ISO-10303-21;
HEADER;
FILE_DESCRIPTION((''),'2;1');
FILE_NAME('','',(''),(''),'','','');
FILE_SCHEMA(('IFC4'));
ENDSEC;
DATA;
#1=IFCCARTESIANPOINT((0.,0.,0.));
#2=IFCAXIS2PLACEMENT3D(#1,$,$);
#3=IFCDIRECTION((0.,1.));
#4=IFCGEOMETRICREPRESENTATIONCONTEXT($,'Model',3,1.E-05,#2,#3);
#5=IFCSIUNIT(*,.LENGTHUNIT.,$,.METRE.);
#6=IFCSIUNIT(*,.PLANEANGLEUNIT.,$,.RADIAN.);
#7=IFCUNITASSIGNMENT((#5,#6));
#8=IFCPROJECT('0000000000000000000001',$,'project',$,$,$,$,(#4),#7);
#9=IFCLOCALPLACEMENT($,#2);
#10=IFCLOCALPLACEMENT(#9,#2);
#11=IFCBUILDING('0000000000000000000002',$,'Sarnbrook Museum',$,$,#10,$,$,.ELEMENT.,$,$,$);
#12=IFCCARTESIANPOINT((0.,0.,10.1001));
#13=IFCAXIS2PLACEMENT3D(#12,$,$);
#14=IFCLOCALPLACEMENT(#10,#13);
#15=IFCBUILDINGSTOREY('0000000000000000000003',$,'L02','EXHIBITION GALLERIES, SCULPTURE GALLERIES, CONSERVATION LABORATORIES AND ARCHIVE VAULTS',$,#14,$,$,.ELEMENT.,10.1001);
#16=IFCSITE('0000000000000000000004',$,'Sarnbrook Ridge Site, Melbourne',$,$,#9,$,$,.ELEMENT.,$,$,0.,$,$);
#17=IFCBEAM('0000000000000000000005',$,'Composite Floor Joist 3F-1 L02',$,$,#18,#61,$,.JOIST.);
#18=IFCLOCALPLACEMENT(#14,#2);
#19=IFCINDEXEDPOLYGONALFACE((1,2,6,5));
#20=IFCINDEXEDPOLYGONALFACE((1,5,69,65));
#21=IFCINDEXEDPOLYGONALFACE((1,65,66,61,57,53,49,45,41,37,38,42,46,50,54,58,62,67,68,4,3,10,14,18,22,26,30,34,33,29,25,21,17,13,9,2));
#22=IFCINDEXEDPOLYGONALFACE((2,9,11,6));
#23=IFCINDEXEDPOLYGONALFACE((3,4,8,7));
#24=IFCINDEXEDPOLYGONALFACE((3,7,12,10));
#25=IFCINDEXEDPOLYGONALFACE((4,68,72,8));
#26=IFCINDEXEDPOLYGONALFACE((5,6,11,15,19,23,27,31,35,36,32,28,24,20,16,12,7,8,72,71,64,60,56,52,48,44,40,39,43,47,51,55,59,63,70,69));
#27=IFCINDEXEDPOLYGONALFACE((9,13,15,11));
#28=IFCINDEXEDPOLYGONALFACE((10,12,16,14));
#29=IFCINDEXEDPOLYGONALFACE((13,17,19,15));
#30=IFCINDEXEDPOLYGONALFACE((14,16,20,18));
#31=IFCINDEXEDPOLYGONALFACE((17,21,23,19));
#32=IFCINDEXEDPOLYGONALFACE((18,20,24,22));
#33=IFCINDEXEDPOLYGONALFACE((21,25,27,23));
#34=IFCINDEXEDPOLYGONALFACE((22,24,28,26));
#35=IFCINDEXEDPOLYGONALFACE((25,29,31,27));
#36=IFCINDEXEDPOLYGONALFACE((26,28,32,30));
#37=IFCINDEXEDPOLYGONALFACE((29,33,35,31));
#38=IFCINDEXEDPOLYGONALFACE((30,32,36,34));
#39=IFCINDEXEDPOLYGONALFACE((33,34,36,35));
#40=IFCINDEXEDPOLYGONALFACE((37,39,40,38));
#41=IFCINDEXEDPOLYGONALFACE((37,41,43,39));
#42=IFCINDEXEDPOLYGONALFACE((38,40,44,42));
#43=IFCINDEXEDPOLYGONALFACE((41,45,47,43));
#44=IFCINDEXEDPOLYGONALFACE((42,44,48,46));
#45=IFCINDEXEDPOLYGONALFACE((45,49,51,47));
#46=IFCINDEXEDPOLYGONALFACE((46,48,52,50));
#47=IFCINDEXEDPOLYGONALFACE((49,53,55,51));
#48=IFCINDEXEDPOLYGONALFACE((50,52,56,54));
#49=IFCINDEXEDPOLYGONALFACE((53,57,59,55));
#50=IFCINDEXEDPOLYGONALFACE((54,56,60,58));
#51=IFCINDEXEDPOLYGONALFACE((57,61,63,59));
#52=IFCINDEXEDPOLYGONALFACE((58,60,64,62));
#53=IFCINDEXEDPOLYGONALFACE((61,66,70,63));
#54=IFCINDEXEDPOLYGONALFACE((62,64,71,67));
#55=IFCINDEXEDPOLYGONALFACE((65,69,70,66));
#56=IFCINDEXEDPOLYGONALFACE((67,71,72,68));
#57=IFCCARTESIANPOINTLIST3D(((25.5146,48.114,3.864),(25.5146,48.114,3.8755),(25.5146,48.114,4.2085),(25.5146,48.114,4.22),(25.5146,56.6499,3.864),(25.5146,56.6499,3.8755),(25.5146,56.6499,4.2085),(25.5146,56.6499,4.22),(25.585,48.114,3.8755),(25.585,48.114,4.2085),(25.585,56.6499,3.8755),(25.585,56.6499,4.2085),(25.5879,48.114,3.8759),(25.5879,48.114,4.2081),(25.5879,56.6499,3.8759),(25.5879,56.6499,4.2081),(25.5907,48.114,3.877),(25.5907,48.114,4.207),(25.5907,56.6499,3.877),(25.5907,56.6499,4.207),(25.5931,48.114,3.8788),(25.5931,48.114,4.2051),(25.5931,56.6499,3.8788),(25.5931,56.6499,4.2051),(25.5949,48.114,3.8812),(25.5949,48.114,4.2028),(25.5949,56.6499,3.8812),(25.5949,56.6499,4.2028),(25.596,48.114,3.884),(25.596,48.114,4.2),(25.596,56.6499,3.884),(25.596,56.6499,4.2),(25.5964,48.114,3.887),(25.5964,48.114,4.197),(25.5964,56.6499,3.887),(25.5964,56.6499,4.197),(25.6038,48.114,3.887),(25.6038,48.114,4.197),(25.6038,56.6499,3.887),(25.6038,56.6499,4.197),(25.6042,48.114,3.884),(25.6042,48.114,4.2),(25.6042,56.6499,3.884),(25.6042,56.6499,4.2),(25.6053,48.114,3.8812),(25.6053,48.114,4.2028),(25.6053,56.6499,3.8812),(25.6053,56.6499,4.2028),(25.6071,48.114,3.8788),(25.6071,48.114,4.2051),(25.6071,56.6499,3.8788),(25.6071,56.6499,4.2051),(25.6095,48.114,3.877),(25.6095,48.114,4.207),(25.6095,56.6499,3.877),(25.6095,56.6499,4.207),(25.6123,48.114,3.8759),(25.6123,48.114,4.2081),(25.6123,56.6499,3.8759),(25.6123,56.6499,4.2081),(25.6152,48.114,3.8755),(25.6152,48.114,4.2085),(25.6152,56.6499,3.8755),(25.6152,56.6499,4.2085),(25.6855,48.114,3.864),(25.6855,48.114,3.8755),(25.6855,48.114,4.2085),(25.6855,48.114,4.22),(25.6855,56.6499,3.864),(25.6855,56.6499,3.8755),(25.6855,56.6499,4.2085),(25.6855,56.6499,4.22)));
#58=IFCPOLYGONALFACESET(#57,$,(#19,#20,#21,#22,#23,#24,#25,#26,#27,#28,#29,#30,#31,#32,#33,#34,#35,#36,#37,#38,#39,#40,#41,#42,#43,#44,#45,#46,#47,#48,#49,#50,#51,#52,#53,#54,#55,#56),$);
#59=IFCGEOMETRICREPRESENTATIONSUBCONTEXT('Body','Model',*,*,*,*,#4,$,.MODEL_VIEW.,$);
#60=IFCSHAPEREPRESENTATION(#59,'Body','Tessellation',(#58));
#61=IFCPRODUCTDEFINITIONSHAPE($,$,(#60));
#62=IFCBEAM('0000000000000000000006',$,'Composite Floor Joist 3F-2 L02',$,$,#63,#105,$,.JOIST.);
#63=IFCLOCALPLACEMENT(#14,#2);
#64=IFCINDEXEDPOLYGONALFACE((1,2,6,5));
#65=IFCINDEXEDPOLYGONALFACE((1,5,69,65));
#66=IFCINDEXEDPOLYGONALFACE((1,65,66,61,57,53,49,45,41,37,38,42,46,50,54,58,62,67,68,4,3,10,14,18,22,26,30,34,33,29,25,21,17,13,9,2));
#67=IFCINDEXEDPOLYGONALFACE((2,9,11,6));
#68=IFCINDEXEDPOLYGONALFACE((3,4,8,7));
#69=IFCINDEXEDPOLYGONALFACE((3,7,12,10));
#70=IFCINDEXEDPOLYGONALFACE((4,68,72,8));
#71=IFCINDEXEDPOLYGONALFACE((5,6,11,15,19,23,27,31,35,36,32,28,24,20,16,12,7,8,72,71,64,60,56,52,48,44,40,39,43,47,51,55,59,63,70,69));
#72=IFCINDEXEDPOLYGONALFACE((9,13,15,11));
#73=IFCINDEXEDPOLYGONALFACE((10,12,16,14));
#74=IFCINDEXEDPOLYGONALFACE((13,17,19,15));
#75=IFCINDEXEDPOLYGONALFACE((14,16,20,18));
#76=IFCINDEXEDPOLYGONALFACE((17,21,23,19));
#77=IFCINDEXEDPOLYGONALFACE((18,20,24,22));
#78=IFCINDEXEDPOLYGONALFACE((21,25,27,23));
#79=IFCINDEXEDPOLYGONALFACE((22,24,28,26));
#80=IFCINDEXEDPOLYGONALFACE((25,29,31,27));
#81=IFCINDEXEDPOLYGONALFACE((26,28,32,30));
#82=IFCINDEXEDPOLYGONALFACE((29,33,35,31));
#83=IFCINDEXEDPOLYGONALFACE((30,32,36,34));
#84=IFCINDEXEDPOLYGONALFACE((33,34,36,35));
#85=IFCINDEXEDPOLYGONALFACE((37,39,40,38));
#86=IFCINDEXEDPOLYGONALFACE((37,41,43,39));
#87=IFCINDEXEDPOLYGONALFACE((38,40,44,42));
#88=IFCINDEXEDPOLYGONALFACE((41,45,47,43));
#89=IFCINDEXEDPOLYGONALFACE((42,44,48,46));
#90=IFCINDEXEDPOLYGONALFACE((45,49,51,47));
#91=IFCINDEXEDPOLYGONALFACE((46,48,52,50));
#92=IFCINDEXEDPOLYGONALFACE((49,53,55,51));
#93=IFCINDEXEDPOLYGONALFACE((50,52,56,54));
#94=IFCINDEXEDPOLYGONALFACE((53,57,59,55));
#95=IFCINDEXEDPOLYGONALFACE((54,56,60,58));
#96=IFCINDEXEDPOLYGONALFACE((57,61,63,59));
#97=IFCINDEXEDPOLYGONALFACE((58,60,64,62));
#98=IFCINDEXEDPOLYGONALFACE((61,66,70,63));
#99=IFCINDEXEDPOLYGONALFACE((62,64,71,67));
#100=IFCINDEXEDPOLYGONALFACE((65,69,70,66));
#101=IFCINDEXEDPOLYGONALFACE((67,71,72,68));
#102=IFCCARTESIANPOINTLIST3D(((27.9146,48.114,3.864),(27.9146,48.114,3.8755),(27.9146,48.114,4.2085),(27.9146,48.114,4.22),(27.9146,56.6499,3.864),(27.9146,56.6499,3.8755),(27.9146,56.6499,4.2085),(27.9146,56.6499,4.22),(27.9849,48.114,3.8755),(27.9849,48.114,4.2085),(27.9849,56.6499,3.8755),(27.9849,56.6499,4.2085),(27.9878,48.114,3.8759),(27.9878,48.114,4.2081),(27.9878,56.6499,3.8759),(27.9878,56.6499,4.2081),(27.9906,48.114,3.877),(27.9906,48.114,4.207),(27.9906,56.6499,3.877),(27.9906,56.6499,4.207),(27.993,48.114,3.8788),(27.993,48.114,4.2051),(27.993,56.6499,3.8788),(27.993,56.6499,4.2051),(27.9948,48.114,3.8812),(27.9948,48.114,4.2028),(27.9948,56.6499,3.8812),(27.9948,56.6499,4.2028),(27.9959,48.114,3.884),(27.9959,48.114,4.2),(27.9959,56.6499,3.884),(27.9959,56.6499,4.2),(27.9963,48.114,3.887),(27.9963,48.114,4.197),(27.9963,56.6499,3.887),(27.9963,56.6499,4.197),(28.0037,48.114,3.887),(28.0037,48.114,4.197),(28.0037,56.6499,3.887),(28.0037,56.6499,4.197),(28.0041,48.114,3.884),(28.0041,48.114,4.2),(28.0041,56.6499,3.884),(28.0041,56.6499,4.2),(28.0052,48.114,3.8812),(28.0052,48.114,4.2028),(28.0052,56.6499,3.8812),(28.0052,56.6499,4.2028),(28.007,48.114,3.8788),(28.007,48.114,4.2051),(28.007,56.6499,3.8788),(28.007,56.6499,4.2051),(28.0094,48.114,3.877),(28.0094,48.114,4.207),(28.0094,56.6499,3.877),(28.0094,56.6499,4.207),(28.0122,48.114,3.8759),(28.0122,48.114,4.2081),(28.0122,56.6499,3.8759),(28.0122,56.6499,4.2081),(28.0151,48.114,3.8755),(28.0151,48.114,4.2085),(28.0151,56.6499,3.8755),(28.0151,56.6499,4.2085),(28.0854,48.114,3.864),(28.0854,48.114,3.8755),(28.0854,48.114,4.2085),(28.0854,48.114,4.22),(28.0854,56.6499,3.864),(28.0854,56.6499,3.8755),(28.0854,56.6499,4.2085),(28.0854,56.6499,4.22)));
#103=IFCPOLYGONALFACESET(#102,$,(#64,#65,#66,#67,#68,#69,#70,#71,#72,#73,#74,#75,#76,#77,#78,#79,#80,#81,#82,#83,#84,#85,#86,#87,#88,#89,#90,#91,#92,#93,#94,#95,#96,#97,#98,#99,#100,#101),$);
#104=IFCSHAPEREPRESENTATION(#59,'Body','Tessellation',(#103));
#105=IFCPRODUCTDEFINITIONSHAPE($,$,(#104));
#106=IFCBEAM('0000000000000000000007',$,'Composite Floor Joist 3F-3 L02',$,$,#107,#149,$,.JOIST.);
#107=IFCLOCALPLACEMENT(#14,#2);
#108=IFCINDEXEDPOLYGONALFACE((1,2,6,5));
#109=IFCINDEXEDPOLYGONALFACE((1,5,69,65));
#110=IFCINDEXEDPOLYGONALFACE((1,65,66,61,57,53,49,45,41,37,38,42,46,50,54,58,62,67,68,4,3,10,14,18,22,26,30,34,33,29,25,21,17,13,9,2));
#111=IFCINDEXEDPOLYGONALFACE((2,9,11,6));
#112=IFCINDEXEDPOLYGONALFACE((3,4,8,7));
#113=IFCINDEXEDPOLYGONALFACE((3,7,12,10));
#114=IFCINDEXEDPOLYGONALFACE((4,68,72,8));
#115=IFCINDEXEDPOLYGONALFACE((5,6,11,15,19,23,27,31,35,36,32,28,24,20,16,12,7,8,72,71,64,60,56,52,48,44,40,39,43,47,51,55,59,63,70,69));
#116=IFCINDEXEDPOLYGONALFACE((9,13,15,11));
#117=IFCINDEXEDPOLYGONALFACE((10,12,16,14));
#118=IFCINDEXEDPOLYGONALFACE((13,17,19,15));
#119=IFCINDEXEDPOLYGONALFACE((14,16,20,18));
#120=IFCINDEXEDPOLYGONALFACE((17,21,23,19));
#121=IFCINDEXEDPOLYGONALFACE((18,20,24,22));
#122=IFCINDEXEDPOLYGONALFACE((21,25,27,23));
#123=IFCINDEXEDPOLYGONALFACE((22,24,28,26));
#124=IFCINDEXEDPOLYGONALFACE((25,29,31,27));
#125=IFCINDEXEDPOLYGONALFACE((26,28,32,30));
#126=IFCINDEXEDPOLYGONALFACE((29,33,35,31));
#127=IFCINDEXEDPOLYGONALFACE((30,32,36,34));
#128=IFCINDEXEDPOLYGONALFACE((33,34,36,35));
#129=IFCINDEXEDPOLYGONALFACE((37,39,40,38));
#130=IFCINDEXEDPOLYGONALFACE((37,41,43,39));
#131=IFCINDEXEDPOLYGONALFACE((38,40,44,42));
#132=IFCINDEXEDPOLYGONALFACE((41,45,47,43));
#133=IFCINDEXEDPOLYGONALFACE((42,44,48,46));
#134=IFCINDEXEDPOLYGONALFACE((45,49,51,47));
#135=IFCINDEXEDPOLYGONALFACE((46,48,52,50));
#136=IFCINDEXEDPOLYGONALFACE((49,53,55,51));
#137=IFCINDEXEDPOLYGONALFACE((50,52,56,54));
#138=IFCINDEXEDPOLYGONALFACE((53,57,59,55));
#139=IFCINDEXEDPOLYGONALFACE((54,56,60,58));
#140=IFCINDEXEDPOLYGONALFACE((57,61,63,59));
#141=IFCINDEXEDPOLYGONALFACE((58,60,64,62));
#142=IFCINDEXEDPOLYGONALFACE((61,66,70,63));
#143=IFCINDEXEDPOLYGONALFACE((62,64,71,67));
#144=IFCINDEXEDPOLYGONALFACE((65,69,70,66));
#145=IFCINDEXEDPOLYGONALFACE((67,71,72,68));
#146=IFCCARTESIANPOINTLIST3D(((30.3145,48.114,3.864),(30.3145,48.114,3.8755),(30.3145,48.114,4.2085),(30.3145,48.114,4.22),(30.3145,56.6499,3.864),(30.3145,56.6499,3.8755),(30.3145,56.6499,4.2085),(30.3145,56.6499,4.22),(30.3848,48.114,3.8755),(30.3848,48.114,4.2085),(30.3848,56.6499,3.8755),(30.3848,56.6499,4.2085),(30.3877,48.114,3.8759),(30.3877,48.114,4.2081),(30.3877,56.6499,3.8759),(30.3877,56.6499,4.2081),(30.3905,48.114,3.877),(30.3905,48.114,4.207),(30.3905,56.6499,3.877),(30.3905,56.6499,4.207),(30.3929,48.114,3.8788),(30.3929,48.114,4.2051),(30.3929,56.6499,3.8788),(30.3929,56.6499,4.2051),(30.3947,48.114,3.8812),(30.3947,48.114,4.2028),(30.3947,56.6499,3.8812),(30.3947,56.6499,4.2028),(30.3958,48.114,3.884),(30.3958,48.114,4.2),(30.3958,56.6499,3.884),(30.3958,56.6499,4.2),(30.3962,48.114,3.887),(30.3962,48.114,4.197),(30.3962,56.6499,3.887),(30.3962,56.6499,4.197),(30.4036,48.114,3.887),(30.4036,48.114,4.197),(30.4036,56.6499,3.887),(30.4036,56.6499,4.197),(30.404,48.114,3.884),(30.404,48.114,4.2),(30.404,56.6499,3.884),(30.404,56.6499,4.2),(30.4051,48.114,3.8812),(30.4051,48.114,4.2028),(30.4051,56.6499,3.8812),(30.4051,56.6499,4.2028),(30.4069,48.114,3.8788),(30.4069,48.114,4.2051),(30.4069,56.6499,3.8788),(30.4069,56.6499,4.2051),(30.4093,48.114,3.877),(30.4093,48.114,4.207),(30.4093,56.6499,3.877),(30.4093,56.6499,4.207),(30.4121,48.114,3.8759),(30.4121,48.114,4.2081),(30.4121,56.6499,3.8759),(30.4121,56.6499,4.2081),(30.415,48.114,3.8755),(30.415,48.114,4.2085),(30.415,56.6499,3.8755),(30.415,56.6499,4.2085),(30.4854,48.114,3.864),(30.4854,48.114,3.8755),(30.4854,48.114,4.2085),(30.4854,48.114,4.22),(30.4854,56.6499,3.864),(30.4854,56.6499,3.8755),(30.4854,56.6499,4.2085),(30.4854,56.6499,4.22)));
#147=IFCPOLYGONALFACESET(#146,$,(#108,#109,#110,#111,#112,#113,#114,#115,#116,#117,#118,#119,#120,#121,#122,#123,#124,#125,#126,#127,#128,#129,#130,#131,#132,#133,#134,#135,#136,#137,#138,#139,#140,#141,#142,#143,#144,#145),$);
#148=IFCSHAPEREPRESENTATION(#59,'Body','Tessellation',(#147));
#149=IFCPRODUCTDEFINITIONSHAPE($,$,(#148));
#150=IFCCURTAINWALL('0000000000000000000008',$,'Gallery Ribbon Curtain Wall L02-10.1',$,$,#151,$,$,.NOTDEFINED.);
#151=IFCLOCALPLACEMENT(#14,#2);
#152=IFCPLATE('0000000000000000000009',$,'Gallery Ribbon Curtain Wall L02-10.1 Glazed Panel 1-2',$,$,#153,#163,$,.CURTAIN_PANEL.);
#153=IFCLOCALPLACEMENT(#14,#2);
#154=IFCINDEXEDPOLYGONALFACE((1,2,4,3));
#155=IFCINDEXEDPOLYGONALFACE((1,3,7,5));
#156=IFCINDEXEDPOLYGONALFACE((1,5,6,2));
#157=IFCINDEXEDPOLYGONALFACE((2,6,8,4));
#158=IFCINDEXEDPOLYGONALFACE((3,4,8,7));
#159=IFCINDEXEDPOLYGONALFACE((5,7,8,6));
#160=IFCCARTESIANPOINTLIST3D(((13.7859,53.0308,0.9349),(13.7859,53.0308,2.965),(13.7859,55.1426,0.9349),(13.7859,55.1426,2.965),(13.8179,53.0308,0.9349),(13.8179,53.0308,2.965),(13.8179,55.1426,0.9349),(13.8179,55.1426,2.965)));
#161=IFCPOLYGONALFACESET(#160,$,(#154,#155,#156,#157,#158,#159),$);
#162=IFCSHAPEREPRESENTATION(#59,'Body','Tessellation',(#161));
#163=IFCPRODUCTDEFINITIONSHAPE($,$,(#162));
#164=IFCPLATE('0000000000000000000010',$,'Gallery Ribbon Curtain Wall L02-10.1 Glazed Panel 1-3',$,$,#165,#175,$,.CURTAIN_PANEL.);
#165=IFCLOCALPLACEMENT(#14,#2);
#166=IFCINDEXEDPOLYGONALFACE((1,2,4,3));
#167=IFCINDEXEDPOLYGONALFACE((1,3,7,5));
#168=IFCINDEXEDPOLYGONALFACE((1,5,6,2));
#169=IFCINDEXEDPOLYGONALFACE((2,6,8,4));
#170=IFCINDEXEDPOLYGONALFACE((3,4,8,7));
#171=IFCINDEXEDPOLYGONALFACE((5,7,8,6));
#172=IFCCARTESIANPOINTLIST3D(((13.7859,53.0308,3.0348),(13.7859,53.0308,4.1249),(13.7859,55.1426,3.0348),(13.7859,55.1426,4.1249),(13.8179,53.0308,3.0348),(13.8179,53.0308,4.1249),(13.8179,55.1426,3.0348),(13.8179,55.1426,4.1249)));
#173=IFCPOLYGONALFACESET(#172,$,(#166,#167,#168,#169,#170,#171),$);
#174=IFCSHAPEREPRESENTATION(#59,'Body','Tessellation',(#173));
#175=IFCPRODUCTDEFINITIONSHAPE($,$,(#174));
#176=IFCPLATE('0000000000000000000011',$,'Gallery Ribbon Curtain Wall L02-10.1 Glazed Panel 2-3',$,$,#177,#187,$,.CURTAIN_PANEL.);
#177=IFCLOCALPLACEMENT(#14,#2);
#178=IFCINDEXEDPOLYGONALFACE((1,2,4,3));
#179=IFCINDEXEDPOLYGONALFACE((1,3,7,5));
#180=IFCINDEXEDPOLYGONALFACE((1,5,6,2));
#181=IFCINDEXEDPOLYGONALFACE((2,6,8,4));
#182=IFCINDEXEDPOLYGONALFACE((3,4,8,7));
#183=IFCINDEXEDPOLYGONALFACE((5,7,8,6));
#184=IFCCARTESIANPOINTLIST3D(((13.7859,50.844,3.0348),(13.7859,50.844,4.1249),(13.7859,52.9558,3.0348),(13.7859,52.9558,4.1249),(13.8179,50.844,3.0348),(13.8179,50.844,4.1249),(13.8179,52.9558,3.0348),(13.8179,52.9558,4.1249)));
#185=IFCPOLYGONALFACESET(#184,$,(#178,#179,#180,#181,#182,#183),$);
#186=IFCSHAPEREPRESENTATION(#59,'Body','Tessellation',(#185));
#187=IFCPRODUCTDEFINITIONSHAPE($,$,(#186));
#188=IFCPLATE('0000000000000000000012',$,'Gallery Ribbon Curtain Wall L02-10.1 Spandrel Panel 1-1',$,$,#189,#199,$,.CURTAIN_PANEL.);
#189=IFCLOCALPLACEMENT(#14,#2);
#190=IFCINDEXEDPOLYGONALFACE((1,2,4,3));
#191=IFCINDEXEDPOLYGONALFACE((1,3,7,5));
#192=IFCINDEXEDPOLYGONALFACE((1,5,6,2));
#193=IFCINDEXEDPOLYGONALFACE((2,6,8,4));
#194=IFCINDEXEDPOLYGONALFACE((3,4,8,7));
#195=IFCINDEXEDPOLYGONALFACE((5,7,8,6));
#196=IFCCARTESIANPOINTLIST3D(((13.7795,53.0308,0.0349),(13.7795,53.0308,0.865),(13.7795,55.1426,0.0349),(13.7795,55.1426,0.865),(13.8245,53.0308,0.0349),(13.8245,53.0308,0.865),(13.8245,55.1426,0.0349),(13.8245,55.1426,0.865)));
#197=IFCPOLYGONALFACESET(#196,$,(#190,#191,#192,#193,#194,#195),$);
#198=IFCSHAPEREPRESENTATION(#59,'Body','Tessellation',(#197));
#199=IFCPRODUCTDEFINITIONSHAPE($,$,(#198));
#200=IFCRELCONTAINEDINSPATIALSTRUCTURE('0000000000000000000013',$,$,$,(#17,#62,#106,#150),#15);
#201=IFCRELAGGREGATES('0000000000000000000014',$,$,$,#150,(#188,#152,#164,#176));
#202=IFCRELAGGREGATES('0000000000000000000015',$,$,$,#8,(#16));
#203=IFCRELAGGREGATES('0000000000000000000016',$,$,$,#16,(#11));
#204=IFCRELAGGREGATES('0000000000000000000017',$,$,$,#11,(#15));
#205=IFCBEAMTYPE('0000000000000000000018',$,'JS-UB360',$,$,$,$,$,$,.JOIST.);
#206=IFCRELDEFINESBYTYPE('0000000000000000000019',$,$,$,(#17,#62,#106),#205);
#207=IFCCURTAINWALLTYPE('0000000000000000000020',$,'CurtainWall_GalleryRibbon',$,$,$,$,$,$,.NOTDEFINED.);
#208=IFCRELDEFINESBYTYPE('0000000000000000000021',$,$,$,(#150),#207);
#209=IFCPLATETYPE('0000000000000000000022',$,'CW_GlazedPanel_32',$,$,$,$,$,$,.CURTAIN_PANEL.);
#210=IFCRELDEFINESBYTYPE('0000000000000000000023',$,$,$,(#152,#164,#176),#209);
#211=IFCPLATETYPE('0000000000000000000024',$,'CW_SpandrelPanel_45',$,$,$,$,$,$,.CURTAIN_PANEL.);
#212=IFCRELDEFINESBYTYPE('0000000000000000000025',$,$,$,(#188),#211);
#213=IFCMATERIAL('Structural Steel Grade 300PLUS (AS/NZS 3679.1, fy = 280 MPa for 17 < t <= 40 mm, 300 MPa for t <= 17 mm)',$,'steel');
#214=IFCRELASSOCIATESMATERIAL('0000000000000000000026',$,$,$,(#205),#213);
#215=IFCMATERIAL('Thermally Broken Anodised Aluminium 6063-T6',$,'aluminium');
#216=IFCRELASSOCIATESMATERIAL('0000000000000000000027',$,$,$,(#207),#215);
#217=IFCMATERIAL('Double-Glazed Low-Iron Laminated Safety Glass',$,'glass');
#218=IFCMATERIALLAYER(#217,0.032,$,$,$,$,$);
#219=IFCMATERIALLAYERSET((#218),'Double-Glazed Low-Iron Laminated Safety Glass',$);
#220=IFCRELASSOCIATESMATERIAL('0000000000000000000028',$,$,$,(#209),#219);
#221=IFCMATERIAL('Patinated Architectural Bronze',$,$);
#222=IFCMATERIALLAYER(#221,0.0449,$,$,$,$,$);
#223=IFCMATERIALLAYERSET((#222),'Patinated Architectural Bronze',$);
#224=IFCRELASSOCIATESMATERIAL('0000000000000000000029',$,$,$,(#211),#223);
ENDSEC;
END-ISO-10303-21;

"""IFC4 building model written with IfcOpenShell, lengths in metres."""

from ifc_helpers import new_model, si_unit, direction, frame, origin, origin_2d, place, context, subcontext, project, spatial, rectangle, i_section, extrude, material, layer, layer_set, material_profile, profile_set, type_object, element, aggregate, save


model = new_model("IFC4")

# Units and contexts
model_context = context("Model", 3, precision=1e-05, world=origin(), true_north=direction((0.0, 1.0)))
body_context = subcontext(model_context, "Body", "Model", "MODEL_VIEW")
ifc_project = project(units=[si_unit("LENGTHUNIT", "METRE"), si_unit("PLANEANGLEUNIT", "RADIAN")], contexts=[model_context])

# Site, building, storey
site_placement = place(None, origin())
site = spatial("IfcSite", under=ifc_project, at=site_placement, Name="Sarnbrook Ridge Site, Melbourne", CompositionType="ELEMENT", RefElevation=0.0)
building_placement = place(site_placement, origin())
building = spatial("IfcBuilding", under=site, at=building_placement, Name="Sarnbrook Museum", CompositionType="ELEMENT")
storey_placement = place(building_placement, frame((0.0, 0.0, 10.1001)))
storey = spatial("IfcBuildingStorey", under=building, at=storey_placement, Name="L02", Description="EXHIBITION GALLERIES, SCULPTURE GALLERIES, CONSERVATION LABORATORIES AND ARCHIVE VAULTS", CompositionType="ELEMENT", Elevation=10.1001)

# Shared definitions
ifc_material_1 = material(Name="Structural Steel Grade 300PLUS (AS/NZS 3679.1, fy = 280 MPa for 17 < t <= 40 mm, 300 MPa for t <= 17 mm)", Category="steel")

# Beams
ifc_material_profile_1 = material_profile(ifc_material_1, i_section(OverallWidth=0.1709, OverallDepth=0.356, WebThickness=0.0073, FlangeThickness=0.0115, FilletRadius=0.0115, at=origin_2d()), Name="360UB50.7")
ifc_profile_set_1 = profile_set([ifc_material_profile_1], Name="Structural Steel Grade 300PLUS (AS/NZS 3679.1, fy = 280 MPa for 17 < t <= 40 mm, 300 MPa for t <= 17 mm)")
beam_type_1 = type_object("IfcBeamType", Name="JS-UB360", PredefinedType="JOIST", material=ifc_profile_set_1)
for number, where, z_axis, x_axis, name in (
    (1, (25.6001, 48.114, 4.042), (0.0, 1.0, 0.0), (-1.0, 0.0, 0.0), "Composite Floor Joist 3F-1 L02"),
    (2, (28.0, 48.114, 4.042), (0.0, 1.0, 0.0), (-1.0, 0.0, 0.0), "Composite Floor Joist 3F-2 L02"),
    (3, (30.3999, 48.114, 4.042), (0.0, 1.0, 0.0), (-1.0, 0.0, 0.0), "Composite Floor Joist 3F-3 L02"),
):
    element("IfcBeam", number, at=place(storey_placement, frame(where, z_axis=z_axis, x_axis=x_axis)), inside=storey, type_object=beam_type_1, Name=name, PredefinedType="JOIST", context=body_context, shape_type="SweptSolid", body=[
        extrude(i_section(OverallWidth=0.1709, OverallDepth=0.356, WebThickness=0.0073, FlangeThickness=0.0115, FilletRadius=0.0115, at=origin_2d()), origin(), (0.0, 0.0, 1.0), 8.5359),
    ])

# Curtain wall, plates
ifc_material_2 = material(Name="Thermally Broken Anodised Aluminium 6063-T6", Category="aluminium")
curtain_wall_type = type_object("IfcCurtainWallType", Name="CurtainWall_GalleryRibbon", PredefinedType="NOTDEFINED", material=ifc_material_2)
curtain_wall_placement = place(storey_placement, origin())
curtain_wall = element("IfcCurtainWall", 4, at=curtain_wall_placement, inside=storey, type_object=curtain_wall_type, Name="Gallery Ribbon Curtain Wall L02-10.1", PredefinedType="NOTDEFINED")
ifc_material_3 = material(Name="Double-Glazed Low-Iron Laminated Safety Glass", Category="glass")
ifc_layer_1 = layer(ifc_material_3, 0.032)
ifc_layer_set_1 = layer_set([ifc_layer_1], Name="Double-Glazed Low-Iron Laminated Safety Glass")
plate_type_1 = type_object("IfcPlateType", Name="CW_GlazedPanel_32", PredefinedType="CURTAIN_PANEL", material=ifc_layer_set_1)
plate_1_placement = place(storey_placement, frame((13.8179, 54.0867, 1.95), z_axis=(-1.0, 0.0, 0.0), x_axis=(0.0, -1.0, 0.0)))
plate_1 = element("IfcPlate", 5, at=plate_1_placement, type_object=plate_type_1, Name="Gallery Ribbon Curtain Wall L02-10.1 Glazed Panel 1-2", PredefinedType="CURTAIN_PANEL", context=body_context, shape_type="SweptSolid", body=[
    extrude(rectangle(XDim=2.1118, YDim=2.03, at=origin_2d()), origin(), (0.0, 0.0, 1.0), 0.032),
])
plate_2_placement = place(storey_placement, frame((13.8179, 54.0867, 3.5798), z_axis=(-1.0, 0.0, 0.0), x_axis=(0.0, -1.0, 0.0)))
plate_2 = element("IfcPlate", 6, at=plate_2_placement, type_object=plate_type_1, Name="Gallery Ribbon Curtain Wall L02-10.1 Glazed Panel 1-3", PredefinedType="CURTAIN_PANEL", context=body_context, shape_type="SweptSolid", body=[
    extrude(rectangle(XDim=2.1118, YDim=1.0901, at=origin_2d()), origin(), (0.0, 0.0, 1.0), 0.032),
])
plate_3_placement = place(storey_placement, frame((13.8179, 51.8999, 3.5798), z_axis=(-1.0, 0.0, 0.0), x_axis=(0.0, -1.0, 0.0)))
plate_3 = element("IfcPlate", 7, at=plate_3_placement, type_object=plate_type_1, Name="Gallery Ribbon Curtain Wall L02-10.1 Glazed Panel 2-3", PredefinedType="CURTAIN_PANEL", context=body_context, shape_type="SweptSolid", body=[
    extrude(rectangle(XDim=2.1118, YDim=1.0901, at=origin_2d()), origin(), (0.0, 0.0, 1.0), 0.032),
])
ifc_material_4 = material(Name="Patinated Architectural Bronze")
ifc_layer_2 = layer(ifc_material_4, 0.0449)
ifc_layer_set_2 = layer_set([ifc_layer_2], Name="Patinated Architectural Bronze")
plate_type_2 = type_object("IfcPlateType", Name="CW_SpandrelPanel_45", PredefinedType="CURTAIN_PANEL", material=ifc_layer_set_2)
plate_4_placement = place(storey_placement, frame((13.8245, 54.0867, 0.45), z_axis=(-1.0, 0.0, 0.0), x_axis=(0.0, -1.0, 0.0)))
plate_4 = element("IfcPlate", 8, at=plate_4_placement, type_object=plate_type_2, Name="Gallery Ribbon Curtain Wall L02-10.1 Spandrel Panel 1-1", PredefinedType="CURTAIN_PANEL", context=body_context, shape_type="SweptSolid", body=[
    extrude(rectangle(XDim=2.1118, YDim=0.8301, at=origin_2d()), origin(), (0.0, 0.0, 1.0), 0.0449),
])
aggregate(curtain_wall, [plate_4, plate_1, plate_2, plate_3])

save(model, "model.ifc")
